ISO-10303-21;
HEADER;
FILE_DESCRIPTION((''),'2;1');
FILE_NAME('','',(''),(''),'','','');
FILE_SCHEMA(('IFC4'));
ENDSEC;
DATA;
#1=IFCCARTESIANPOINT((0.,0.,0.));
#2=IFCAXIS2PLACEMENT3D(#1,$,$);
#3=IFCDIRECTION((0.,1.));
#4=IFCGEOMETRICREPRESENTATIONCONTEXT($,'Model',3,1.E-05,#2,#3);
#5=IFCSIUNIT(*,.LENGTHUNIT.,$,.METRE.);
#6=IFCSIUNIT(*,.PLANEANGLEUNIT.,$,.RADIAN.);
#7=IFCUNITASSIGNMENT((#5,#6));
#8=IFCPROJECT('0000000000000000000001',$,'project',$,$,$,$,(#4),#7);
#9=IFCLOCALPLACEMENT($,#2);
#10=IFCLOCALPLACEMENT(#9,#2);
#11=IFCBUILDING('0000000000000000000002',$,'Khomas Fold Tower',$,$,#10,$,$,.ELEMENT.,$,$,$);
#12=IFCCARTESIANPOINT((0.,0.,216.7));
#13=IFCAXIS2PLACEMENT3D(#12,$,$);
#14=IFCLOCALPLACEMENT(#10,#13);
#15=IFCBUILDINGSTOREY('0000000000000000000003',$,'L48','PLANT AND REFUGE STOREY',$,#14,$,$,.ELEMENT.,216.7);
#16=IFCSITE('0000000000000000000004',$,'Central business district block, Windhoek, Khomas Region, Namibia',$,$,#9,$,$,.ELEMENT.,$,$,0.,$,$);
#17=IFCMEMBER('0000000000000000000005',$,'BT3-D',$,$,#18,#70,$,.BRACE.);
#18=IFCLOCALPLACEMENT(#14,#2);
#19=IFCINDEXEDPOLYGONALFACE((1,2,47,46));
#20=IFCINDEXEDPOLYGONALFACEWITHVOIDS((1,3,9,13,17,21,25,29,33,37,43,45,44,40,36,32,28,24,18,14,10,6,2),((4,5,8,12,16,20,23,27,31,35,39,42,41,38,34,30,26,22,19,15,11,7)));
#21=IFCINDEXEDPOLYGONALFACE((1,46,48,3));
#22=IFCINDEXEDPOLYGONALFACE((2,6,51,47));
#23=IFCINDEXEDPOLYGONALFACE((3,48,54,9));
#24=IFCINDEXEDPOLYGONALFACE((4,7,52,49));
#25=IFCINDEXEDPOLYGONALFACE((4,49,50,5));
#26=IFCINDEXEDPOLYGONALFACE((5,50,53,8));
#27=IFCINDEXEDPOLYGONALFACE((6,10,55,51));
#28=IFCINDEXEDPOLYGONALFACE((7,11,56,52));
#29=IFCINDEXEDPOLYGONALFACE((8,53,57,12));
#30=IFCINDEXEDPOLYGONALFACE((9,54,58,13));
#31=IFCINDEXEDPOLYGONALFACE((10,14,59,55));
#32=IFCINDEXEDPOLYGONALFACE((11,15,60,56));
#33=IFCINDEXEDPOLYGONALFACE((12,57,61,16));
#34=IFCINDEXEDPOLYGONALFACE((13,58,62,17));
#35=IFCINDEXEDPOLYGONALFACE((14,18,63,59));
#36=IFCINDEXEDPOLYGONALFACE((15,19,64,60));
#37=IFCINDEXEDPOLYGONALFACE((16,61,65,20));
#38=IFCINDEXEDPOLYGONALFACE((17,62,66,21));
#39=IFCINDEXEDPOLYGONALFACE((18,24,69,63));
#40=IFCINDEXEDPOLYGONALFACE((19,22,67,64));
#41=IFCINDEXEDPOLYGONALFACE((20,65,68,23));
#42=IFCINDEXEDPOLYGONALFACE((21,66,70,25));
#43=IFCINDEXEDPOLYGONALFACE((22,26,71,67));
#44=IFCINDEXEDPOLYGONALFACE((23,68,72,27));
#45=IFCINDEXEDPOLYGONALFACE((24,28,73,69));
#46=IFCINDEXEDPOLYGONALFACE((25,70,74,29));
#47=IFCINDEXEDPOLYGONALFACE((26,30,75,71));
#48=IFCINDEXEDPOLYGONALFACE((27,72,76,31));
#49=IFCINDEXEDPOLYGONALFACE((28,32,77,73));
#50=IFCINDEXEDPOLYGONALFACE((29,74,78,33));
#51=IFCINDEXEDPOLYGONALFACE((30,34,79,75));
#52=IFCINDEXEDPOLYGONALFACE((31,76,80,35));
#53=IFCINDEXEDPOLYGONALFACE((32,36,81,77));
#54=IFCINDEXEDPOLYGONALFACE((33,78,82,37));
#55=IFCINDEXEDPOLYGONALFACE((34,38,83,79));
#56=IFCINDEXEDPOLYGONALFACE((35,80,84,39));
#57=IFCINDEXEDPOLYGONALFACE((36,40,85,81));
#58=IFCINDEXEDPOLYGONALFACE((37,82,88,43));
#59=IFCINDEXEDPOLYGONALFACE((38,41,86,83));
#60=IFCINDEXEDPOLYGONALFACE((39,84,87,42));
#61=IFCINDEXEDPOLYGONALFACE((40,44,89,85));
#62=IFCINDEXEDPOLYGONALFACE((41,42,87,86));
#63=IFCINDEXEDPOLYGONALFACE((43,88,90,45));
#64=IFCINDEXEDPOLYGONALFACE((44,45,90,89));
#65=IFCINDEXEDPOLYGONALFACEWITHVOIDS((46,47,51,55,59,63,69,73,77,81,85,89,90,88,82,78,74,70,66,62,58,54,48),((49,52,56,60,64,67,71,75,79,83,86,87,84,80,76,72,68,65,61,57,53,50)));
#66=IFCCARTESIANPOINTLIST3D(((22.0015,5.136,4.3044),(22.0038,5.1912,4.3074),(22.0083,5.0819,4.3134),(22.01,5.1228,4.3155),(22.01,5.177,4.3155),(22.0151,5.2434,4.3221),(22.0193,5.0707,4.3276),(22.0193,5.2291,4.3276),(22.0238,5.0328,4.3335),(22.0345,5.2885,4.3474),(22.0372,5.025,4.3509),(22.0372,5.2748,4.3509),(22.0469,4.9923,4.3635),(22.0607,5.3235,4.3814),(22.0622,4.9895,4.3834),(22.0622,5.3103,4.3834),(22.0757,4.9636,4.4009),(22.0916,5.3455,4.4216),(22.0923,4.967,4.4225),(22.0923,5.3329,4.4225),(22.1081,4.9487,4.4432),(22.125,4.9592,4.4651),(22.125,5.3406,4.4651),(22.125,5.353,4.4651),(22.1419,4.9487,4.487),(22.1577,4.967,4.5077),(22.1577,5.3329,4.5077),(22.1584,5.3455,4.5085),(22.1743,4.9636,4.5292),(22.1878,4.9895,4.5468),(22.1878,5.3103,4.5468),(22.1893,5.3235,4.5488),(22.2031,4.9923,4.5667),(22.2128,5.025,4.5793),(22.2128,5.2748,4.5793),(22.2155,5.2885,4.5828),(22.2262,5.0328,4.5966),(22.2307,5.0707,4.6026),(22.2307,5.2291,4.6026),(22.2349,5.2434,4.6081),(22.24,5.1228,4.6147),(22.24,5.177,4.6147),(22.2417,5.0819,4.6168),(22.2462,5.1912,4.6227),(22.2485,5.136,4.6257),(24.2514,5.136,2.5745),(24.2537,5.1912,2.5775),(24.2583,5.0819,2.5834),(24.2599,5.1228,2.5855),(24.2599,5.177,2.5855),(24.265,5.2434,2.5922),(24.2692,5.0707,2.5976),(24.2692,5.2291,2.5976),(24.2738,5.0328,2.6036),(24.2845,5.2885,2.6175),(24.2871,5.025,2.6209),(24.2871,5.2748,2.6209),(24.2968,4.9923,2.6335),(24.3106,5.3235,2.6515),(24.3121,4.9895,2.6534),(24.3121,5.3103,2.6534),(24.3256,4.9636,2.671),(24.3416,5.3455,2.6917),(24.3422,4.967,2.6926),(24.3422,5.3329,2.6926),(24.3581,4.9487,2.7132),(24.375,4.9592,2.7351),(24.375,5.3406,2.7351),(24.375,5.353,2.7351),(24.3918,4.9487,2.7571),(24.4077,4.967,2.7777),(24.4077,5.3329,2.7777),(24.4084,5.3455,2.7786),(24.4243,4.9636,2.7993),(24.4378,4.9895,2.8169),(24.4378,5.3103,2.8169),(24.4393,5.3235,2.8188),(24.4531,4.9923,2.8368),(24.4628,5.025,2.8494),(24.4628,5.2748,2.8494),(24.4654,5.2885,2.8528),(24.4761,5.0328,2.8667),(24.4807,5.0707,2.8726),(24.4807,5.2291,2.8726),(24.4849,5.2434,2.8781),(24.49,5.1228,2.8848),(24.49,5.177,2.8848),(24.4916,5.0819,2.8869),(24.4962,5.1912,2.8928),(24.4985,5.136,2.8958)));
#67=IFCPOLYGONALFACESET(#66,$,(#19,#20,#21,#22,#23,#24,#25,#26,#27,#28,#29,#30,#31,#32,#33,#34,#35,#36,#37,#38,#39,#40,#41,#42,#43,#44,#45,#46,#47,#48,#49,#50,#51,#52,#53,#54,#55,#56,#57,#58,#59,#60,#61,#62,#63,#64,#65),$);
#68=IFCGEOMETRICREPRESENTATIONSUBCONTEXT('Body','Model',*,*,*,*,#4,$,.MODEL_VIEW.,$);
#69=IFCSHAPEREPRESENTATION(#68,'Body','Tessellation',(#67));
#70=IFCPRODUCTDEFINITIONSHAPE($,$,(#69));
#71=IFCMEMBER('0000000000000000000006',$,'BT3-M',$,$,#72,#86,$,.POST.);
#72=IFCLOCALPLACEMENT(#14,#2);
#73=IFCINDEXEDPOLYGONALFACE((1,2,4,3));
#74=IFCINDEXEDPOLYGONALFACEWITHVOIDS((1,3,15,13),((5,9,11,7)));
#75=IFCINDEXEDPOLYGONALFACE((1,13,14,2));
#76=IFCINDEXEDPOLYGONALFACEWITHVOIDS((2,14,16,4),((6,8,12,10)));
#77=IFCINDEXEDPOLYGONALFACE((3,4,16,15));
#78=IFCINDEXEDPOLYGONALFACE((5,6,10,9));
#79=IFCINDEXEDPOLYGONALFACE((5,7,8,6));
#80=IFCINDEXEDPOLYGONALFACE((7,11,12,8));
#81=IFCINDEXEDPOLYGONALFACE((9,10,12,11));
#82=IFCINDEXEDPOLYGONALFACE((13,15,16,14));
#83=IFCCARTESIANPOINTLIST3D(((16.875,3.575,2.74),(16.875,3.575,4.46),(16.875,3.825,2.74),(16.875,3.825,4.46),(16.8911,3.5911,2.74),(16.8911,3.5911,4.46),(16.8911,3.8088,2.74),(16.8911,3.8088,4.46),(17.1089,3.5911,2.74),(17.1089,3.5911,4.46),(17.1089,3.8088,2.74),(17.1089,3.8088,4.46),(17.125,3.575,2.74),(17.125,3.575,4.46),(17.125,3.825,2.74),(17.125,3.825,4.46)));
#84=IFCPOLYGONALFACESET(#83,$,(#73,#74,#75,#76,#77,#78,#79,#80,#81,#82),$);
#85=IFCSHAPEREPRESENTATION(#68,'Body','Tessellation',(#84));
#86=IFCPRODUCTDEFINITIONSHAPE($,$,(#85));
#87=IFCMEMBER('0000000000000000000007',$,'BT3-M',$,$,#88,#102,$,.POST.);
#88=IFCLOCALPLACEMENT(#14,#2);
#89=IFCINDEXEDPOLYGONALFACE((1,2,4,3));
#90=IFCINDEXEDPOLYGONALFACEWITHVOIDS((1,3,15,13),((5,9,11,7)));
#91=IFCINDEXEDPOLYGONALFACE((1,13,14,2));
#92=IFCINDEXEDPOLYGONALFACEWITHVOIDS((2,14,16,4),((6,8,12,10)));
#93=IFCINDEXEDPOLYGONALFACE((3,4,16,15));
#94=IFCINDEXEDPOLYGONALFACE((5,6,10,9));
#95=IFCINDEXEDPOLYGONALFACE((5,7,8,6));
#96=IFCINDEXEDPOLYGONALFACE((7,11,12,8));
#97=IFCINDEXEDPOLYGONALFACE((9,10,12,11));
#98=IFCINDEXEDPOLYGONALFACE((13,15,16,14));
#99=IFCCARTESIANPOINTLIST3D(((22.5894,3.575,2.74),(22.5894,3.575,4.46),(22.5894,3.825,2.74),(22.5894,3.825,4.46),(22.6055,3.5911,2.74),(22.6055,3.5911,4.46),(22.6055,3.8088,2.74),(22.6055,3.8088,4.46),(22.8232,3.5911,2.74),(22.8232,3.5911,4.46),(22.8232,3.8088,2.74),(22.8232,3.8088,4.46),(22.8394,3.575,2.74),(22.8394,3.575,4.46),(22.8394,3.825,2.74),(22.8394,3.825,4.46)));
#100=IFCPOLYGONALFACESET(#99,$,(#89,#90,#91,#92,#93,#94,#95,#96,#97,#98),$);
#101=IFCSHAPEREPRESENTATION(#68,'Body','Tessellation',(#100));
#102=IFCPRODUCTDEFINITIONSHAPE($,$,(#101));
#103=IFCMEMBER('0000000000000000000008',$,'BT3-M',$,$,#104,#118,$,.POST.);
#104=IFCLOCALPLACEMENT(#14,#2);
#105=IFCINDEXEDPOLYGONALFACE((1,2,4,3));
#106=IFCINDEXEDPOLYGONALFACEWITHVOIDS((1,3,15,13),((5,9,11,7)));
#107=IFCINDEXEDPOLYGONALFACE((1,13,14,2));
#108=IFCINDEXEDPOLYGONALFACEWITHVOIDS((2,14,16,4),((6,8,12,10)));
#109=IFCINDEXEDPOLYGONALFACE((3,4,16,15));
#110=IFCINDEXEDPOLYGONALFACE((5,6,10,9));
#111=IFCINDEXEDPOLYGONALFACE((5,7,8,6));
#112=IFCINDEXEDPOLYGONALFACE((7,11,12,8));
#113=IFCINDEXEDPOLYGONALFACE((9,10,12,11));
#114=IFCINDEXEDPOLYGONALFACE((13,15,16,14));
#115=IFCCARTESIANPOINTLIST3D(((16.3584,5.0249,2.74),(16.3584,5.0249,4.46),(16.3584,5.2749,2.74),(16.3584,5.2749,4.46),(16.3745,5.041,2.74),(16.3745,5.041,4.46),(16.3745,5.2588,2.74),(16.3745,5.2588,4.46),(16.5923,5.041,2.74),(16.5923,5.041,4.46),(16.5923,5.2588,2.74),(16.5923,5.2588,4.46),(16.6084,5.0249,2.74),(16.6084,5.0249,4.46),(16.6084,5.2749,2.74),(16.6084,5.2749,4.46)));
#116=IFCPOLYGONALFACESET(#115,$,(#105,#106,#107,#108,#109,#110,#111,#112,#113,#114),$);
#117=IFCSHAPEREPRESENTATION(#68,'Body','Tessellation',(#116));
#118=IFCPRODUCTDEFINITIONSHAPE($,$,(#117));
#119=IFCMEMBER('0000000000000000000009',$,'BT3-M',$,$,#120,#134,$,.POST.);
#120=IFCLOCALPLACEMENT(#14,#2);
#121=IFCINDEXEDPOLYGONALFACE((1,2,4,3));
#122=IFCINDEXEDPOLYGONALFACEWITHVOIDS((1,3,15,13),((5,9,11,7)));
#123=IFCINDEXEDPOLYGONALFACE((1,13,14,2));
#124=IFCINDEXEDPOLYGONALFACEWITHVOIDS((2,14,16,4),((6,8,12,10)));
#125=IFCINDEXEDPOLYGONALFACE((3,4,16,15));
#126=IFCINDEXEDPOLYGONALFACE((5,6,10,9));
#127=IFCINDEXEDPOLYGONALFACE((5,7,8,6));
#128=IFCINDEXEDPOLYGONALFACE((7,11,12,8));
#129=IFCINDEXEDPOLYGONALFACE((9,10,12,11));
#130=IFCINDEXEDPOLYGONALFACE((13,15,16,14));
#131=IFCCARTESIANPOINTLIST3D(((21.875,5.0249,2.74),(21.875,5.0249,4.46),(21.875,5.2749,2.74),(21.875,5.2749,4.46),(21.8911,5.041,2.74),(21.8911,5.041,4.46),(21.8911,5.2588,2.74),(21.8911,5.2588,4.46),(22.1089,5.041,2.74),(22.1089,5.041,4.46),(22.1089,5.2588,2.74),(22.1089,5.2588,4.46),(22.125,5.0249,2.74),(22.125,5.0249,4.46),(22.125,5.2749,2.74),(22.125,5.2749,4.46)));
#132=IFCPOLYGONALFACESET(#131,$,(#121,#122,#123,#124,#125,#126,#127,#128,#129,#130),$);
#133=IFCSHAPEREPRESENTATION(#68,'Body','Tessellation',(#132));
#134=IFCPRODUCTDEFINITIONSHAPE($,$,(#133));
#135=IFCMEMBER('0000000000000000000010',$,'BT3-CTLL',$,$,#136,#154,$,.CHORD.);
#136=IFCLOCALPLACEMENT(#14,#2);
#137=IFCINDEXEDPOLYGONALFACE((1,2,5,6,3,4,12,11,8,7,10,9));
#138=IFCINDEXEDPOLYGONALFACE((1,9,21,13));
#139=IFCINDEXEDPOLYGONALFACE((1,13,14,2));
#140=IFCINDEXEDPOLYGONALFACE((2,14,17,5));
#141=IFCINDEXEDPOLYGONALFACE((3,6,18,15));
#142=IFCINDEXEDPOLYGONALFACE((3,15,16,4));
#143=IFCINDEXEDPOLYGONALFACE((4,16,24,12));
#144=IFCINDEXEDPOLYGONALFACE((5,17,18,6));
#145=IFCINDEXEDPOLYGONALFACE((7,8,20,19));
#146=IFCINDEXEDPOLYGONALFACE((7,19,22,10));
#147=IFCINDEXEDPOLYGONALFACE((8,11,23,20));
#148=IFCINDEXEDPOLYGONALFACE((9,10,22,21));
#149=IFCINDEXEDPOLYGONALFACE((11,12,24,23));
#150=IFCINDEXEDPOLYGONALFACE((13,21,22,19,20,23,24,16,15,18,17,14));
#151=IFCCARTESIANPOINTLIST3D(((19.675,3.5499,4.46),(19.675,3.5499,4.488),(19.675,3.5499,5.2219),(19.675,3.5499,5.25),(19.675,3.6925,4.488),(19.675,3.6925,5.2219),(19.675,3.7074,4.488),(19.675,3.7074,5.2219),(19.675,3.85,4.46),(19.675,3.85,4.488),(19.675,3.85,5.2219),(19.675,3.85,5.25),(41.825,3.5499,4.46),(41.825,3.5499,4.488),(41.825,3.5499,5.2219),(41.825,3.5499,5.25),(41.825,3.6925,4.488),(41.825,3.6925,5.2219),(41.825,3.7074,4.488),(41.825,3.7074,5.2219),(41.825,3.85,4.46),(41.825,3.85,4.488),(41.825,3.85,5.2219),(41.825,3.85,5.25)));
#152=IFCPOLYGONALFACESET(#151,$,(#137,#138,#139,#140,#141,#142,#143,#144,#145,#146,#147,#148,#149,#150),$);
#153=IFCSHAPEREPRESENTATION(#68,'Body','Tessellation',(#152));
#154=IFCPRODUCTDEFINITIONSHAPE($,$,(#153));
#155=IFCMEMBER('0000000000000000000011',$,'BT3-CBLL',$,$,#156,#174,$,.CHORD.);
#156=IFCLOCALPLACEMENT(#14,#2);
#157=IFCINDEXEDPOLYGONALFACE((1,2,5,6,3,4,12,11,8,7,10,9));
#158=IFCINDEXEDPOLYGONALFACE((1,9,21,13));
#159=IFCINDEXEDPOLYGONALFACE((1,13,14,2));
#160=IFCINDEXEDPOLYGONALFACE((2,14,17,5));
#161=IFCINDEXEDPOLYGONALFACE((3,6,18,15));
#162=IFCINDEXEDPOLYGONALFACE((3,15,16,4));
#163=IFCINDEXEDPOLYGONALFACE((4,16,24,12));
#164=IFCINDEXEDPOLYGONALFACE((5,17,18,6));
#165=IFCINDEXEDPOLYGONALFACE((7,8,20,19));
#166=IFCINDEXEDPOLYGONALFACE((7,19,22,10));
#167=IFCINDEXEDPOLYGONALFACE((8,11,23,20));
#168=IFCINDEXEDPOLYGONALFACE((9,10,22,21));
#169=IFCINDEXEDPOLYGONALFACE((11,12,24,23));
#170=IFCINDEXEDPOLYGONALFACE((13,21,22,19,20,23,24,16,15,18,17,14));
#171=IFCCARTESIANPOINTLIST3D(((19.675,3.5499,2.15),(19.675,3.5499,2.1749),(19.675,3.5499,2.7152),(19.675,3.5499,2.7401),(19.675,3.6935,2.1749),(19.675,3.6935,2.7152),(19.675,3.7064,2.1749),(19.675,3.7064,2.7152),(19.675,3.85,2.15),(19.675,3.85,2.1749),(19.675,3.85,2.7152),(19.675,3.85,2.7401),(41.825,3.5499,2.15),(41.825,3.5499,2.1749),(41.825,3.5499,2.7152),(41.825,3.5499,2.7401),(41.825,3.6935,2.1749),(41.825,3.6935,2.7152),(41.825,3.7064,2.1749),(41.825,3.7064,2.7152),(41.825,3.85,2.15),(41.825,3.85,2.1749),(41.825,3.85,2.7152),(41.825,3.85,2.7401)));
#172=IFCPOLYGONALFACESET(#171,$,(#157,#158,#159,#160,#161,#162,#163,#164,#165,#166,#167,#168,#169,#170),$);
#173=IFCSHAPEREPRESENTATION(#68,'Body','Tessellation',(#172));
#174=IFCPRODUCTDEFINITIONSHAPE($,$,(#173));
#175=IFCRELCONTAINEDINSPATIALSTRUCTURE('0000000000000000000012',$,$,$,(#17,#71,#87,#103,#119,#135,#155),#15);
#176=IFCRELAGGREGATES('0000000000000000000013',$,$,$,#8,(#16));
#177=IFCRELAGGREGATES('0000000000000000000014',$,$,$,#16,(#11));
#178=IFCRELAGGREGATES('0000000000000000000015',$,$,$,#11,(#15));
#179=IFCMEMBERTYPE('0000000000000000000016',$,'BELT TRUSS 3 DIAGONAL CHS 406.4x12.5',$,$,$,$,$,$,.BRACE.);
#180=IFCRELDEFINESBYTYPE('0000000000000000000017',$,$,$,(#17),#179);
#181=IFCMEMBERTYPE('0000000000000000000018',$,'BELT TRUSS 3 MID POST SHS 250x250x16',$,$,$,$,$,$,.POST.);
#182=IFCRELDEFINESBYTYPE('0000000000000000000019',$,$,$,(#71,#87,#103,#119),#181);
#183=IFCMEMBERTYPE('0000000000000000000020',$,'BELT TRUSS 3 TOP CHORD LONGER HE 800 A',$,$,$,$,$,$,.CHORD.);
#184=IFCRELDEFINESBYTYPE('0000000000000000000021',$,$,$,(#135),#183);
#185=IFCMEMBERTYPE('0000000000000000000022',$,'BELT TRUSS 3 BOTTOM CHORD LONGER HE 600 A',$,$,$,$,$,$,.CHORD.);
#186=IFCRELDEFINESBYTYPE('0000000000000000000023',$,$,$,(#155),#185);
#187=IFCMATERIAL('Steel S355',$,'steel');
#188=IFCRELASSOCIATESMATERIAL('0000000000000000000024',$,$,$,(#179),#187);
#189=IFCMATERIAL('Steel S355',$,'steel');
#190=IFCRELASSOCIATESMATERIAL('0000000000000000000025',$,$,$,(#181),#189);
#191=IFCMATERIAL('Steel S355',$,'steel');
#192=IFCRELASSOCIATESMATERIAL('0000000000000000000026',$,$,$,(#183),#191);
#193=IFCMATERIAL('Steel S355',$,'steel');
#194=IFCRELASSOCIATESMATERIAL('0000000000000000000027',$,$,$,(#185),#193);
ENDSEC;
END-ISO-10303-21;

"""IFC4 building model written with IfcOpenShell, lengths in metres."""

from ifc_helpers import new_model, si_unit, direction, frame, origin, origin_2d, place, context, subcontext, project, spatial, hollow_rectangle, hollow_circle, i_section, extrude, source, transform, mapped, material, material_profile, profile_set, type_object, element, save


model = new_model("IFC4")

# Units and contexts
model_context = context("Model", 3, precision=1e-05, world=origin(), true_north=direction((0.0, 1.0)))
body_context = subcontext(model_context, "Body", "Model", "MODEL_VIEW")
ifc_project = project(units=[si_unit("LENGTHUNIT", "METRE"), si_unit("PLANEANGLEUNIT", "RADIAN")], contexts=[model_context])

# Site, building, storey
site_placement = place(None, origin())
site = spatial("IfcSite", under=ifc_project, at=site_placement, Name="Central business district block, Windhoek, Khomas Region, Namibia", CompositionType="ELEMENT", RefElevation=0.0)
building_placement = place(site_placement, origin())
building = spatial("IfcBuilding", under=site, at=building_placement, Name="Khomas Fold Tower", CompositionType="ELEMENT")
storey_placement = place(building_placement, frame((0.0, 0.0, 216.7)))
storey = spatial("IfcBuildingStorey", under=building, at=storey_placement, Name="L48", Description="PLANT AND REFUGE STOREY", CompositionType="ELEMENT", Elevation=216.7)

# Members
ifc_material_1 = material(Name="Steel S355", Category="steel")
ifc_material_profile_1 = material_profile(ifc_material_1, hollow_circle(Radius=0.2031, WallThickness=0.0125, at=origin_2d()), Name="CHS 406.4x12.5")
ifc_profile_set_1 = profile_set([ifc_material_profile_1], Name="Steel S355")
member_type_1 = type_object("IfcMemberType", Name="BELT TRUSS 3 DIAGONAL CHS 406.4x12.5", PredefinedType="BRACE", material=ifc_profile_set_1)
shared_shape_1 = source(origin(), body_context, "Body", "SweptSolid", [
    extrude(hollow_circle(Radius=0.2031, WallThickness=0.0125, at=origin_2d()), origin(), (0.0, 0.0, 1.0), 2.8381),
])
member_1_placement = place(storey_placement, frame((22.125, 5.1499, 4.4651), z_axis=(0.792758, 0.0, -0.609536), x_axis=(0.0, 1.0, 0.0)))
element("IfcMember", 1, at=member_1_placement, inside=storey, type_object=member_type_1, Name="BT3-D", PredefinedType="BRACE", context=body_context, shape_type="MappedRepresentation", body=[
    mapped(shared_shape_1, transform((0.0, 0.0, 0.0))),
])
ifc_material_2 = material(Name="Steel S355", Category="steel")
ifc_material_profile_2 = material_profile(ifc_material_2, hollow_rectangle(XDim=0.25, YDim=0.25, WallThickness=0.0161, at=origin_2d()), Name="SHS 250x250x16")
ifc_profile_set_2 = profile_set([ifc_material_profile_2], Name="Steel S355")
member_type_2 = type_object("IfcMemberType", Name="BELT TRUSS 3 MID POST SHS 250x250x16", PredefinedType="POST", material=ifc_profile_set_2)
shared_shape_2 = source(origin(), body_context, "Body", "SweptSolid", [
    extrude(hollow_rectangle(XDim=0.25, YDim=0.25, WallThickness=0.0161, at=origin_2d()), origin(), (0.0, 0.0, 1.0), 1.72),
])
for number, where, z_axis, x_axis, name in (
    (2, (17.0, 3.7, 2.74), (0.0, 0.0, 1.0), (1.0, 0.0, 0.0), "BT3-M"),
    (3, (22.7144, 3.7, 2.74), (0.0, 0.0, 1.0), (1.0, 0.0, 0.0), "BT3-M"),
    (4, (16.4834, 5.1499, 2.74), (0.0, 0.0, 1.0), (1.0, 0.0, 0.0), "BT3-M"),
    (5, (22.0, 5.1499, 2.74), (0.0, 0.0, 1.0), (1.0, 0.0, 0.0), "BT3-M"),
):
    element("IfcMember", number, at=place(storey_placement, frame(where, z_axis=z_axis, x_axis=x_axis)), inside=storey, type_object=member_type_2, Name=name, PredefinedType="POST", context=body_context, shape_type="MappedRepresentation", body=[
        mapped(shared_shape_2, transform((0.0, 0.0, 0.0))),
    ])
ifc_material_3 = material(Name="Steel S355", Category="steel")
ifc_material_profile_3 = material_profile(ifc_material_3, i_section(OverallWidth=0.3, OverallDepth=0.79, WebThickness=0.0149, FlangeThickness=0.0281, at=origin_2d()), Name="HE 800 A")
ifc_profile_set_3 = profile_set([ifc_material_profile_3], Name="Steel S355")
member_type_3 = type_object("IfcMemberType", Name="BELT TRUSS 3 TOP CHORD LONGER HE 800 A", PredefinedType="CHORD", material=ifc_profile_set_3)
shared_shape_3 = source(origin(), body_context, "Body", "SweptSolid", [
    extrude(i_section(OverallWidth=0.3, OverallDepth=0.79, WebThickness=0.0149, FlangeThickness=0.0281, at=origin_2d()), origin(), (0.0, 0.0, 1.0), 22.1499),
])
member_2_placement = place(storey_placement, frame((19.675, 3.7, 4.855), z_axis=(1.0, 0.0, 0.0), x_axis=(0.0, 1.0, 0.0)))
element("IfcMember", 6, at=member_2_placement, inside=storey, type_object=member_type_3, Name="BT3-CTLL", PredefinedType="CHORD", context=body_context, shape_type="MappedRepresentation", body=[
    mapped(shared_shape_3, transform((0.0, 0.0, 0.0))),
])
ifc_material_4 = material(Name="Steel S355", Category="steel")
ifc_material_profile_4 = material_profile(ifc_material_4, i_section(OverallWidth=0.3, OverallDepth=0.5901, WebThickness=0.0129, FlangeThickness=0.0249, at=origin_2d()), Name="HE 600 A")
ifc_profile_set_4 = profile_set([ifc_material_profile_4], Name="Steel S355")
member_type_4 = type_object("IfcMemberType", Name="BELT TRUSS 3 BOTTOM CHORD LONGER HE 600 A", PredefinedType="CHORD", material=ifc_profile_set_4)
shared_shape_4 = source(origin(), body_context, "Body", "SweptSolid", [
    extrude(i_section(OverallWidth=0.3, OverallDepth=0.5901, WebThickness=0.0129, FlangeThickness=0.0249, at=origin_2d()), origin(), (0.0, 0.0, 1.0), 22.1499),
])
member_3_placement = place(storey_placement, frame((19.675, 3.7, 2.4451), z_axis=(1.0, 0.0, 0.0), x_axis=(0.0, 1.0, 0.0)))
element("IfcMember", 7, at=member_3_placement, inside=storey, type_object=member_type_4, Name="BT3-CBLL", PredefinedType="CHORD", context=body_context, shape_type="MappedRepresentation", body=[
    mapped(shared_shape_4, transform((0.0, 0.0, 0.0))),
])

save(model, "model.ifc")
